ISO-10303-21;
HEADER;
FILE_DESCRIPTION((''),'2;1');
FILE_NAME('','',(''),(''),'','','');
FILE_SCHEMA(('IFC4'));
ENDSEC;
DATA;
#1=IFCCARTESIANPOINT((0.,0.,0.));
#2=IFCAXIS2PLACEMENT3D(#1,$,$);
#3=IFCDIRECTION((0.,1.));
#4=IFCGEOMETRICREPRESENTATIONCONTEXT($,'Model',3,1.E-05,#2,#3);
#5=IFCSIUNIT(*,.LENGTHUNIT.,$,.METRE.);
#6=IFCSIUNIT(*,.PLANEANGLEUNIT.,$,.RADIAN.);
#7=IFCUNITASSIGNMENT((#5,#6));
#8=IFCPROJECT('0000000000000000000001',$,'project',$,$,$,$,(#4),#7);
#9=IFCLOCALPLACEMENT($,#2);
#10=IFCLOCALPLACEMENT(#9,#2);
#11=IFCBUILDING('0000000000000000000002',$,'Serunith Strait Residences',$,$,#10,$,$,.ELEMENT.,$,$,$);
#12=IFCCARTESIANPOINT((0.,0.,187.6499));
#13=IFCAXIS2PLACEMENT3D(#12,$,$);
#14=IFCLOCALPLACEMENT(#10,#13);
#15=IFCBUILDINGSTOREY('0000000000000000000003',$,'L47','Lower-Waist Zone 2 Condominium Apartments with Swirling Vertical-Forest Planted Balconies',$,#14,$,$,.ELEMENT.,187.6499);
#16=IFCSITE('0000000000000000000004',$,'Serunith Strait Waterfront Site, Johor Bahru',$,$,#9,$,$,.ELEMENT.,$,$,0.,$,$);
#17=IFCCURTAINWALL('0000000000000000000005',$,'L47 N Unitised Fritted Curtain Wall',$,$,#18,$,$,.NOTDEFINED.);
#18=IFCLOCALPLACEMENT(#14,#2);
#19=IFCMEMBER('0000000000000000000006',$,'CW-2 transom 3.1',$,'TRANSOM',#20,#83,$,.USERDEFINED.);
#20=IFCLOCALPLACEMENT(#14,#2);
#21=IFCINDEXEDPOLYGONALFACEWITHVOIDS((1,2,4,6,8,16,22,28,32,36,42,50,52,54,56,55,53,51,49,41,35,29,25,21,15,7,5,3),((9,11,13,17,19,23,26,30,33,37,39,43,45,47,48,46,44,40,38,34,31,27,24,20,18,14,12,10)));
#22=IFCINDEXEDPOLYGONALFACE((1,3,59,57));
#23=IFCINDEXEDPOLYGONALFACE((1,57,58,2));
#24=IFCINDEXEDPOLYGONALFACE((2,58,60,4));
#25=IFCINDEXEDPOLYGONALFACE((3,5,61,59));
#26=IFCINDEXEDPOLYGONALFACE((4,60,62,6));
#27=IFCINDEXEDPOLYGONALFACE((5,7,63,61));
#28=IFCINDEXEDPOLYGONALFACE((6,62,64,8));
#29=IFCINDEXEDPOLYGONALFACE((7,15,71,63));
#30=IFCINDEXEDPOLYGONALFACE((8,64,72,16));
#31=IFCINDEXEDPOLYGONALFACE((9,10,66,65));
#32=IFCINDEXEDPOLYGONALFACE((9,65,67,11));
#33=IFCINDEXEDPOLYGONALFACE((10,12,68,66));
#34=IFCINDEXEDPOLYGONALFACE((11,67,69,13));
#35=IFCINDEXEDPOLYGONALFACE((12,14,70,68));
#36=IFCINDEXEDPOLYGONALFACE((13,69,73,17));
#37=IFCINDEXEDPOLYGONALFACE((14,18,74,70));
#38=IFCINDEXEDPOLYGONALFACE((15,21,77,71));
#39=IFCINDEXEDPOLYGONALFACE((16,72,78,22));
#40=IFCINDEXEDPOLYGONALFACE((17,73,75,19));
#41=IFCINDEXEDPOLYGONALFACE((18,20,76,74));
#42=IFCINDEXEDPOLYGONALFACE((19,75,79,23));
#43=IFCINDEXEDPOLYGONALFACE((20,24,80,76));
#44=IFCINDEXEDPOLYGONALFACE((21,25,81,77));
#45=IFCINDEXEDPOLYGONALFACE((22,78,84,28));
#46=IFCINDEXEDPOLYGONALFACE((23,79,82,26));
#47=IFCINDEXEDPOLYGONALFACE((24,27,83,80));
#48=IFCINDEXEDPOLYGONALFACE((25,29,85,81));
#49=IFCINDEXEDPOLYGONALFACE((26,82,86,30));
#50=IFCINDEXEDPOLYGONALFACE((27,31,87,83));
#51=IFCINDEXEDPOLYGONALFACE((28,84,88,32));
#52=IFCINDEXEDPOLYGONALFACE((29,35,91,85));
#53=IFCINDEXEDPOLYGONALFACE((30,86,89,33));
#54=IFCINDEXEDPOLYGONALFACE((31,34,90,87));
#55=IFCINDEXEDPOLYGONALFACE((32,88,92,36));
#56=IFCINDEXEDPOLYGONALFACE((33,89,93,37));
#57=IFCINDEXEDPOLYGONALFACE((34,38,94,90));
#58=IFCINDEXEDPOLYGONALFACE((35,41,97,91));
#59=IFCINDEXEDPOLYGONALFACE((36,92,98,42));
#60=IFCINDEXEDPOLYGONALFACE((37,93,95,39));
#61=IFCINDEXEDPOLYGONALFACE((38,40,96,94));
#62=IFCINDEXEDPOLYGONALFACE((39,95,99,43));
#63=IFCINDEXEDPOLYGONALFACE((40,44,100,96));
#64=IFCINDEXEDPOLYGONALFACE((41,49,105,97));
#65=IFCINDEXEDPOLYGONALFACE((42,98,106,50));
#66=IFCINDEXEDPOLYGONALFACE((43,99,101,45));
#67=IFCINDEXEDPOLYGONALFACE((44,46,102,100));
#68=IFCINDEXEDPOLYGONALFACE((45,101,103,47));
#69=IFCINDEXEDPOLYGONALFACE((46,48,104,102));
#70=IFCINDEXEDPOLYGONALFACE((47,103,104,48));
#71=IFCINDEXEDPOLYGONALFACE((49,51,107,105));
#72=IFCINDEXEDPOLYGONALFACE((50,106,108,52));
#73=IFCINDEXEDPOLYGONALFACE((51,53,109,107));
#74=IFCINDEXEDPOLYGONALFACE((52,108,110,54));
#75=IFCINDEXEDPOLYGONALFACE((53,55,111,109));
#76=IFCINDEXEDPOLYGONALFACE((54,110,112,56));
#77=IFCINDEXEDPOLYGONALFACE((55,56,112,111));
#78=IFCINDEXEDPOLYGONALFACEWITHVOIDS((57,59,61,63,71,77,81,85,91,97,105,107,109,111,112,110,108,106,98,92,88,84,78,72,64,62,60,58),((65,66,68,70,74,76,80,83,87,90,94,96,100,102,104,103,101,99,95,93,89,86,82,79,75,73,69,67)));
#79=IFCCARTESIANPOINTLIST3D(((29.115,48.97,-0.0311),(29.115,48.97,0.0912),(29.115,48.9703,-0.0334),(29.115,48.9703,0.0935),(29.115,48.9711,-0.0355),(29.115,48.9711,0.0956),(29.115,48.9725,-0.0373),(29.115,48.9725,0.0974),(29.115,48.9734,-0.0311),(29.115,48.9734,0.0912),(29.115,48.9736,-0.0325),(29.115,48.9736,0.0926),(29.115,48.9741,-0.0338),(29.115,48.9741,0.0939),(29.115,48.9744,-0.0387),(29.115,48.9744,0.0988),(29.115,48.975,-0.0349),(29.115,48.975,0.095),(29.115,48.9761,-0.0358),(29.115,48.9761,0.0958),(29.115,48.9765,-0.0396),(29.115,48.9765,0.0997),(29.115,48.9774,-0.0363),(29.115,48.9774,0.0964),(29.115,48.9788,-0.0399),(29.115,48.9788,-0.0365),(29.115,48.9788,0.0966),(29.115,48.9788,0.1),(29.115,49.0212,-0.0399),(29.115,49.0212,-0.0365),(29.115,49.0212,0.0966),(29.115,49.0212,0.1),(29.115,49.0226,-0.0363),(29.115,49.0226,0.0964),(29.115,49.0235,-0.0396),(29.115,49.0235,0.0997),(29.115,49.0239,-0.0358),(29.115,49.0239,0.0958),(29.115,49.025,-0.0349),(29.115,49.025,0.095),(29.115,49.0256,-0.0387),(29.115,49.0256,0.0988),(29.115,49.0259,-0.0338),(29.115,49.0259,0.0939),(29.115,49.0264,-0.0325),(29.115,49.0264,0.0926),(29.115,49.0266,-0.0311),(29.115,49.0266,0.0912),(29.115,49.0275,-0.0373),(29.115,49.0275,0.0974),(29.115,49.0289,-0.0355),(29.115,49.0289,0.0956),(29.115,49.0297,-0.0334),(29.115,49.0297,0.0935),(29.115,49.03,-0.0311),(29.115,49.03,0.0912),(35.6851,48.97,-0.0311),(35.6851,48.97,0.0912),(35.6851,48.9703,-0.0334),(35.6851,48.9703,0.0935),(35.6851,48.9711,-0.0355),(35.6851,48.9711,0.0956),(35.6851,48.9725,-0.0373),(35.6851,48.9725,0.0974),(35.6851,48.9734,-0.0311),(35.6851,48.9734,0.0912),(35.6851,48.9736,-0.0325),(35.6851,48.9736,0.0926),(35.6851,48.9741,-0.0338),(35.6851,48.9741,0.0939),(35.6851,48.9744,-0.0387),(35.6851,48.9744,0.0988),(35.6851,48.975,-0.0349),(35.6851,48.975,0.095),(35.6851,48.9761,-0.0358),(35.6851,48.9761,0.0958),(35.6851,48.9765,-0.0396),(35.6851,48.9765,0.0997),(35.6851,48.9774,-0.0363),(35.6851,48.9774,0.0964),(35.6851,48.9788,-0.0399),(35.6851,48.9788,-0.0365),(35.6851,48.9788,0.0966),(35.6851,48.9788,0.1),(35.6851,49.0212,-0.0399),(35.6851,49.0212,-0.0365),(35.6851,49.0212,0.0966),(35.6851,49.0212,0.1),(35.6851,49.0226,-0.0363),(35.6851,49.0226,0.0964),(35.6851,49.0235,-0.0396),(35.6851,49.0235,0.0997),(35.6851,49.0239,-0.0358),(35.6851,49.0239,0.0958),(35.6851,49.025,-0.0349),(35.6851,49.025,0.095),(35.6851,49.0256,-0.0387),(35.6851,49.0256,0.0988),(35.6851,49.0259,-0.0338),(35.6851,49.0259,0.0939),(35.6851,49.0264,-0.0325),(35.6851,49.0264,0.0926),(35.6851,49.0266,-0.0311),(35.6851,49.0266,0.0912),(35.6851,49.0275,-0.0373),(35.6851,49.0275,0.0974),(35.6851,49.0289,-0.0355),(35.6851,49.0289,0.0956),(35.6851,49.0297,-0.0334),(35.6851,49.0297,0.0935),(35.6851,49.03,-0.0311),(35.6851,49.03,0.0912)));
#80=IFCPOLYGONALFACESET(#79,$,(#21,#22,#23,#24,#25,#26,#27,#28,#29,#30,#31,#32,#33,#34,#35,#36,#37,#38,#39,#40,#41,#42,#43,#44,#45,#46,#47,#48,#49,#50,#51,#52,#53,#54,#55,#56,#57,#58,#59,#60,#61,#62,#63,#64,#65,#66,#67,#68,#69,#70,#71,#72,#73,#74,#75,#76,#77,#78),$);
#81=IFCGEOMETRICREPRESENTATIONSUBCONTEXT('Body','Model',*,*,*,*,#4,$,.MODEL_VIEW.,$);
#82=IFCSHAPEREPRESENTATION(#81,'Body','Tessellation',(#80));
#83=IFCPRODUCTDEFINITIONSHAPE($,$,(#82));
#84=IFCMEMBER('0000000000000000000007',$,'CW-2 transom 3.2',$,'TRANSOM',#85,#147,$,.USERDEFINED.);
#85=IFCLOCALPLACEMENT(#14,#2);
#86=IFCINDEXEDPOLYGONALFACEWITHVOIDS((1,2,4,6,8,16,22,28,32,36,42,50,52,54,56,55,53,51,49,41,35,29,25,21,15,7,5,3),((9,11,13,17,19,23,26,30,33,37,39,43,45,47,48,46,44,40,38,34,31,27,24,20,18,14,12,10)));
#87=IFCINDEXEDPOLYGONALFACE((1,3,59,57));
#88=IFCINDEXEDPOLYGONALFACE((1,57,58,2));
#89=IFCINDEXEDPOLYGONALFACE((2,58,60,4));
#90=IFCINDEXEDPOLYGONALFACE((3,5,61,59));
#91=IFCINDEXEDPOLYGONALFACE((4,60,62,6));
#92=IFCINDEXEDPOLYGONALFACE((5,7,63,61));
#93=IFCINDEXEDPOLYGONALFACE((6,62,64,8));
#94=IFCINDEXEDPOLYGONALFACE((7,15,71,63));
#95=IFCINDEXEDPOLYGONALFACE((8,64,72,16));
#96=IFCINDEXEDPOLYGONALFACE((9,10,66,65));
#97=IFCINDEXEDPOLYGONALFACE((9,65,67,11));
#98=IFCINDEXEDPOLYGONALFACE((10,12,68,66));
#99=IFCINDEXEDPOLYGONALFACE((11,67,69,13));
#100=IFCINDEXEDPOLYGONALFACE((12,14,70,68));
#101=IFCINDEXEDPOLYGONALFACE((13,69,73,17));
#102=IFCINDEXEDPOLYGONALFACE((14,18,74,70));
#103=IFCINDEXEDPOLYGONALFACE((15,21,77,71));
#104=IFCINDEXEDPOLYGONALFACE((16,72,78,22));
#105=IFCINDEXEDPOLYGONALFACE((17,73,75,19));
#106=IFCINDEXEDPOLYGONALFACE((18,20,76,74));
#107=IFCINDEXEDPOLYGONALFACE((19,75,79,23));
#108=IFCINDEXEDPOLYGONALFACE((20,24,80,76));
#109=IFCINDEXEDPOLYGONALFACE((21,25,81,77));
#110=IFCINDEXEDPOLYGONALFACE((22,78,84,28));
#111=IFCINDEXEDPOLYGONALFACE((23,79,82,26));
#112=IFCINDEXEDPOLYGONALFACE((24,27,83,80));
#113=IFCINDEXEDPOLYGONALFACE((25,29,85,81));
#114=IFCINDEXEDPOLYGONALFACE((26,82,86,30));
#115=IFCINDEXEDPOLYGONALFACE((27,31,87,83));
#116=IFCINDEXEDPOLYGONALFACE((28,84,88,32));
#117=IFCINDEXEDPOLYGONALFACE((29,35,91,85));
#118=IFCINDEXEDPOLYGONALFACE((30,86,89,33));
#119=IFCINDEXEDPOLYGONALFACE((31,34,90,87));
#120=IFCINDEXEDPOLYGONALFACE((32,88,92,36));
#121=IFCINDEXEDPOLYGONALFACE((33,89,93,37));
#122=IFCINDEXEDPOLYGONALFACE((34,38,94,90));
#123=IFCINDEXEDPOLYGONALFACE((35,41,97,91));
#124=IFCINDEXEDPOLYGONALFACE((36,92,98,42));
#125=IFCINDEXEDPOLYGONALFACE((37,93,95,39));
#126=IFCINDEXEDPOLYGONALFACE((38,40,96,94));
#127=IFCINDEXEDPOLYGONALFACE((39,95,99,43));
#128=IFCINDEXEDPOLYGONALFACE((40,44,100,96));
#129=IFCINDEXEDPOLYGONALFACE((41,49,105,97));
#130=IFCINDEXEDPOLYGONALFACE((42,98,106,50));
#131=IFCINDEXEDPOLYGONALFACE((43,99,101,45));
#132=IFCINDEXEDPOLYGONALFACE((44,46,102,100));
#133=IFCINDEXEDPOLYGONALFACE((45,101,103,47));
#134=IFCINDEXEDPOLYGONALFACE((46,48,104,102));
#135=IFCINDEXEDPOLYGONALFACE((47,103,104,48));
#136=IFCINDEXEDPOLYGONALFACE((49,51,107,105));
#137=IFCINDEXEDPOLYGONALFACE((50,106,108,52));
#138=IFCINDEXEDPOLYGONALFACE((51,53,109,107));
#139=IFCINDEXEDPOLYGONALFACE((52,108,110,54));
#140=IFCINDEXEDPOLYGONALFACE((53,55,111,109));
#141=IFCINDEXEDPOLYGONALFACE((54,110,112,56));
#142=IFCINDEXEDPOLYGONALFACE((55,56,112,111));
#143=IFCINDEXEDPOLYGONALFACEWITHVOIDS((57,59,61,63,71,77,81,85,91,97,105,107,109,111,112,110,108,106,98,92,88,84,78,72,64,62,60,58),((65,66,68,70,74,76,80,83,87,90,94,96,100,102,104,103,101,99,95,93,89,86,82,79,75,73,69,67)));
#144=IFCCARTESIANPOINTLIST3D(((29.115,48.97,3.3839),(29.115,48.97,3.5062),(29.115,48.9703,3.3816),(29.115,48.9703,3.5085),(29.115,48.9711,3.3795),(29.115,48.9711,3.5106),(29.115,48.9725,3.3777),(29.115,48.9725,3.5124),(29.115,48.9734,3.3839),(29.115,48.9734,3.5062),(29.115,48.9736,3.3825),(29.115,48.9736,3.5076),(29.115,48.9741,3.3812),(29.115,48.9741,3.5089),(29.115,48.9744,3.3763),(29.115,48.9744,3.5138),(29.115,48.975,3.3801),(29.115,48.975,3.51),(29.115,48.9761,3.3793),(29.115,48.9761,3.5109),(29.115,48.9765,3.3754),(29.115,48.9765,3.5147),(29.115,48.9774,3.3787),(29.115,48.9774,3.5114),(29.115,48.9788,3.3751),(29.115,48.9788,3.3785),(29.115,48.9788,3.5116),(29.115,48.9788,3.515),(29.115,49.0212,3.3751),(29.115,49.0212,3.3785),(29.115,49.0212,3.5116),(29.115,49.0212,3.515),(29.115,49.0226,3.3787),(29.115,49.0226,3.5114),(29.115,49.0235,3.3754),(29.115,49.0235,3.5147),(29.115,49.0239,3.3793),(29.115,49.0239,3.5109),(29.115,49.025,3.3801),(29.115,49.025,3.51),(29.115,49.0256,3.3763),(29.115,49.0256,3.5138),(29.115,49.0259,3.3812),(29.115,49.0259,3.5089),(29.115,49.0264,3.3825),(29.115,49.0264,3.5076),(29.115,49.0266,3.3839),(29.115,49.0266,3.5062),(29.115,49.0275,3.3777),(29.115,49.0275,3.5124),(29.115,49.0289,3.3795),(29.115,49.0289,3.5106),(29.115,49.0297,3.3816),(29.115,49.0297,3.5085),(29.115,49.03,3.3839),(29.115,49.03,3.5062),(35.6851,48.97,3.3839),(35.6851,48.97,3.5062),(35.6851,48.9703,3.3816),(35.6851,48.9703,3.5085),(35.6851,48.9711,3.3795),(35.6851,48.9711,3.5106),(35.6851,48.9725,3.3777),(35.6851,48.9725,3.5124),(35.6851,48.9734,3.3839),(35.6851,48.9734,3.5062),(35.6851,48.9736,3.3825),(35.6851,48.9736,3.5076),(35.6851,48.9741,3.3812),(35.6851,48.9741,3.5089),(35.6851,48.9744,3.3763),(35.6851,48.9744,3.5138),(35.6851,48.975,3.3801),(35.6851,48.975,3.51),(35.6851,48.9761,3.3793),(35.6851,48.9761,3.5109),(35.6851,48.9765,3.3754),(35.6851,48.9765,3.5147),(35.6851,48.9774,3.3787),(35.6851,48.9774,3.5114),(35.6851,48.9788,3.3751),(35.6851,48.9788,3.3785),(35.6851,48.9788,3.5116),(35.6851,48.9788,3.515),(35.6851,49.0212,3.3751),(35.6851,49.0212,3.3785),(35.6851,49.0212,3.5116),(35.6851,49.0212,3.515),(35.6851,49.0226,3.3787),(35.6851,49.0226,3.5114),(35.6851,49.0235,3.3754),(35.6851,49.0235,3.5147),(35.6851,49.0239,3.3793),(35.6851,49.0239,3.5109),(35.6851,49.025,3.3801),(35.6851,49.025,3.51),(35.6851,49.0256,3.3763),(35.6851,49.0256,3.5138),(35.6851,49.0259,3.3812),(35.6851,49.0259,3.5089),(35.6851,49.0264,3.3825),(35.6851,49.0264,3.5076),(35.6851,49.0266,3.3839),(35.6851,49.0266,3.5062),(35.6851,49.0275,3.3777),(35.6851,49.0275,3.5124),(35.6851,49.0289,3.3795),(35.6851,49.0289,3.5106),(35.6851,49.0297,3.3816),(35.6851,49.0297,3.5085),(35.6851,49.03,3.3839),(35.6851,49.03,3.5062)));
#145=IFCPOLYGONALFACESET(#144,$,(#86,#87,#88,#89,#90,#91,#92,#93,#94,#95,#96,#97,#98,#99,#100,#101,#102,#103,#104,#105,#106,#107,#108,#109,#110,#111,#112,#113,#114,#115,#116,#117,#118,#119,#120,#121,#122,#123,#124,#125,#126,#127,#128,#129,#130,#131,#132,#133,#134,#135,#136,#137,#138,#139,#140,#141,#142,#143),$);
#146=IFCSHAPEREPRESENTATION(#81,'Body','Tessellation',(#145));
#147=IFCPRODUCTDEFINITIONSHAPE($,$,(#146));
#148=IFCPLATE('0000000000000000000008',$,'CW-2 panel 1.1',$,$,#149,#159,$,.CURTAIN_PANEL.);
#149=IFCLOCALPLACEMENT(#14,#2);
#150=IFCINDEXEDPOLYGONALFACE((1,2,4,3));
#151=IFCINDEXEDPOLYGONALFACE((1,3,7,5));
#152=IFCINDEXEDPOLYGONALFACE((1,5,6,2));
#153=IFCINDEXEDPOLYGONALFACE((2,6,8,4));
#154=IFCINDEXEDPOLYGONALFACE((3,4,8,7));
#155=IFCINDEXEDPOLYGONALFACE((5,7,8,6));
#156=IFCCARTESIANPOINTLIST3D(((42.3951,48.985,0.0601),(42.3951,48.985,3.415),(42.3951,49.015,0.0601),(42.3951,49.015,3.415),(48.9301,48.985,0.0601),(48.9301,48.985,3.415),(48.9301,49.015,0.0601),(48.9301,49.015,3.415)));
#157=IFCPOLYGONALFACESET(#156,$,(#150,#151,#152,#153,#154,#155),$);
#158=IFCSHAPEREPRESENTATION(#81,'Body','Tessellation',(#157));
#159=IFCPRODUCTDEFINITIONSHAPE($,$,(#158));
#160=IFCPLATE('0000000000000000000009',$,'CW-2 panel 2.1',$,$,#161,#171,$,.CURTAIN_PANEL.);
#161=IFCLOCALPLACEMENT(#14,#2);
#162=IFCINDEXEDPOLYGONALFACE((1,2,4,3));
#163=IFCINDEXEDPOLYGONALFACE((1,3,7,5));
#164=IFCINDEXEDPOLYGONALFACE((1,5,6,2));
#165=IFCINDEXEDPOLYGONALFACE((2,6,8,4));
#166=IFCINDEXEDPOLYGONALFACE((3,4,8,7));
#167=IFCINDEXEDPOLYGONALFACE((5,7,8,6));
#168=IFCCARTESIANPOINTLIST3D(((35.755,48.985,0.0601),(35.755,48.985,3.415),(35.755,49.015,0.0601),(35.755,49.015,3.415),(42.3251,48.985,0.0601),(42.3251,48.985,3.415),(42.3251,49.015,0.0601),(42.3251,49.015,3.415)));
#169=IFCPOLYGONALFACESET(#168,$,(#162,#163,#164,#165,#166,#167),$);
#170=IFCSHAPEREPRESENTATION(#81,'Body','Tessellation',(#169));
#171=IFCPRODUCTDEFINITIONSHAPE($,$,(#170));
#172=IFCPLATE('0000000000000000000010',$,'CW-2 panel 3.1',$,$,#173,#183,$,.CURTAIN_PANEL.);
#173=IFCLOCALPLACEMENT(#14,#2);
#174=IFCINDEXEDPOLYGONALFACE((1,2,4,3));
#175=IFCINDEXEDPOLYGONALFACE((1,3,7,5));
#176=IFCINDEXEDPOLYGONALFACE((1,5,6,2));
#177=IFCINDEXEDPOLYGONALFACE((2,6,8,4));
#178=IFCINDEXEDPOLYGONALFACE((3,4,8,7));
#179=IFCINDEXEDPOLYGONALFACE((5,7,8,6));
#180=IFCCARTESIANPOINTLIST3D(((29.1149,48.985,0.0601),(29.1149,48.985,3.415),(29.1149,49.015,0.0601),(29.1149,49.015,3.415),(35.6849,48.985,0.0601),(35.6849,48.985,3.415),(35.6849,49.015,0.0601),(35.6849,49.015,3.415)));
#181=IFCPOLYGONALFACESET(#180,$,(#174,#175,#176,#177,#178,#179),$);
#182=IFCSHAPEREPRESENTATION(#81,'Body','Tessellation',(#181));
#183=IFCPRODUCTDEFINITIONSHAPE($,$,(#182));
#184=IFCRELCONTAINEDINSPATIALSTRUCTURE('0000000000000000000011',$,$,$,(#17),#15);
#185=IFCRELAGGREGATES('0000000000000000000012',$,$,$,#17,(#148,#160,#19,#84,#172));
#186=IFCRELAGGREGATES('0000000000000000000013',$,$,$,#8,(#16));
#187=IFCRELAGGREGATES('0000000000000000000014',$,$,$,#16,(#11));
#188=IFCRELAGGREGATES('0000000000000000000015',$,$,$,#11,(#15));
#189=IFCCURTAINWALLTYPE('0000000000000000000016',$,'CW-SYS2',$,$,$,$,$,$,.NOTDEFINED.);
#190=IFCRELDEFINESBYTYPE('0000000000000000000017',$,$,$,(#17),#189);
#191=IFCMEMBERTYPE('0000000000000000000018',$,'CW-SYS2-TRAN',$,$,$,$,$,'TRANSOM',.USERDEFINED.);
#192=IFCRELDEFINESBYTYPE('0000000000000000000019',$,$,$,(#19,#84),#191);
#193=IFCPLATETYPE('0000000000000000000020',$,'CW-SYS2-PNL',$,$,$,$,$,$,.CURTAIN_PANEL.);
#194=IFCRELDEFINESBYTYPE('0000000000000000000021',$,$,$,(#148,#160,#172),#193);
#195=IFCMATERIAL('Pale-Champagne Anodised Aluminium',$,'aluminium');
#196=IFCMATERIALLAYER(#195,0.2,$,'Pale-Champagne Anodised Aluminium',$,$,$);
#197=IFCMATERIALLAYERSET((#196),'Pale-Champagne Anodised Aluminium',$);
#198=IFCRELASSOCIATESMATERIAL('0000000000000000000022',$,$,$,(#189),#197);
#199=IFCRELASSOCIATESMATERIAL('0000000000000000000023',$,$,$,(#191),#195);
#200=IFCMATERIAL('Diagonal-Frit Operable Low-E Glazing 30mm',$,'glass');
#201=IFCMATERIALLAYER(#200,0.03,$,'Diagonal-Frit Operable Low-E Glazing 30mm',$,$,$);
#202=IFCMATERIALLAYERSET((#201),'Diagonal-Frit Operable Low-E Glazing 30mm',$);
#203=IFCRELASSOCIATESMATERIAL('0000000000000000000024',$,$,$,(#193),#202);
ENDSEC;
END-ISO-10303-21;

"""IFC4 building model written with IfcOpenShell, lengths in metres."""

from ifc_helpers import new_model, si_unit, direction, frame, origin, origin_2d, place, context, subcontext, project, spatial, rectangle, hollow_rectangle, extrude, source, transform, mapped, material, layer, layer_set, material_profile, profile_set, type_object, element, aggregate, save


model = new_model("IFC4")

# Units and contexts
model_context = context("Model", 3, precision=1e-05, world=origin(), true_north=direction((0.0, 1.0)))
body_context = subcontext(model_context, "Body", "Model", "MODEL_VIEW")
ifc_project = project(units=[si_unit("LENGTHUNIT", "METRE"), si_unit("PLANEANGLEUNIT", "RADIAN")], contexts=[model_context])

# Site, building, storey
site_placement = place(None, origin())
site = spatial("IfcSite", under=ifc_project, at=site_placement, Name="Serunith Strait Waterfront Site, Johor Bahru", CompositionType="ELEMENT", RefElevation=0.0)
building_placement = place(site_placement, origin())
building = spatial("IfcBuilding", under=site, at=building_placement, Name="Serunith Strait Residences", CompositionType="ELEMENT")
storey_placement = place(building_placement, frame((0.0, 0.0, 187.6499)))
storey = spatial("IfcBuildingStorey", under=building, at=storey_placement, Name="L47", Description="Lower-Waist Zone 2 Condominium Apartments with Swirling Vertical-Forest Planted Balconies", CompositionType="ELEMENT", Elevation=187.6499)

# Curtain wall, members, plates
ifc_material_1 = material(Name="Pale-Champagne Anodised Aluminium", Category="aluminium")
ifc_layer_1 = layer(ifc_material_1, 0.2, Name="Pale-Champagne Anodised Aluminium")
ifc_layer_set_1 = layer_set([ifc_layer_1], Name="Pale-Champagne Anodised Aluminium")
curtain_wall_type = type_object("IfcCurtainWallType", Name="CW-SYS2", PredefinedType="NOTDEFINED", material=ifc_layer_set_1)
curtain_wall_placement = place(storey_placement, origin())
curtain_wall = element("IfcCurtainWall", 1, at=curtain_wall_placement, inside=storey, type_object=curtain_wall_type, Name="L47 N Unitised Fritted Curtain Wall", PredefinedType="NOTDEFINED")
ifc_material_profile_1 = material_profile(ifc_material_1, hollow_rectangle(XDim=0.0601, YDim=0.1399, WallThickness=0.0034, InnerFilletRadius=0.0054, OuterFilletRadius=0.0088, at=origin_2d()), Name="ALU 140x60x3.5")
ifc_profile_set_1 = profile_set([ifc_material_profile_1], Name="Pale-Champagne Anodised Aluminium")
member_type_1 = type_object("IfcMemberType", Name="CW-SYS2-TRAN", ElementType="TRANSOM", PredefinedType="USERDEFINED", material=ifc_profile_set_1)
shared_shape_1 = source(origin(), body_context, "Body", "SweptSolid", [
    extrude(hollow_rectangle(XDim=0.0601, YDim=0.1399, WallThickness=0.0034, InnerFilletRadius=0.0054, OuterFilletRadius=0.0088, at=origin_2d()), origin(), (0.0, 0.0, 1.0), 6.5701),
])
member_1_placement = place(storey_placement, frame((35.6851, 49.0, 0.03), z_axis=(-1.0, 0.0, 0.0), x_axis=(0.0, -1.0, 0.0)))
member_1 = element("IfcMember", 2, at=member_1_placement, type_object=member_type_1, Name="CW-2 transom 3.1", ObjectType="TRANSOM", PredefinedType="USERDEFINED", context=body_context, shape_type="MappedRepresentation", body=[
    mapped(shared_shape_1, transform((0.0, 0.0, 0.0), scale=1.0)),
])
member_2_placement = place(storey_placement, frame((35.6851, 49.0, 3.4451), z_axis=(-1.0, 0.0, 0.0), x_axis=(0.0, -1.0, 0.0)))
member_2 = element("IfcMember", 3, at=member_2_placement, type_object=member_type_1, Name="CW-2 transom 3.2", ObjectType="TRANSOM", PredefinedType="USERDEFINED", context=body_context, shape_type="MappedRepresentation", body=[
    mapped(shared_shape_1, transform((0.0, 0.0, 0.0), scale=1.0)),
])
ifc_material_2 = material(Name="Diagonal-Frit Operable Low-E Glazing 30mm", Category="glass")
ifc_layer_2 = layer(ifc_material_2, 0.03, Name="Diagonal-Frit Operable Low-E Glazing 30mm")
ifc_layer_set_2 = layer_set([ifc_layer_2], Name="Diagonal-Frit Operable Low-E Glazing 30mm")
plate_type = type_object("IfcPlateType", Name="CW-SYS2-PNL", PredefinedType="CURTAIN_PANEL", material=ifc_layer_set_2)
shared_shape_2 = source(origin(), body_context, "Body", "SweptSolid", [
    extrude(rectangle(XDim=6.5349, YDim=0.03, at=origin_2d()), origin(), (0.0, 0.0, 1.0), 3.355),
])
plate_1_placement = place(storey_placement, frame((45.6626, 49.0, 0.0601), z_axis=(0.0, 0.0, 1.0), x_axis=(-1.0, 0.0, 0.0)))
plate_1 = element("IfcPlate", 4, at=plate_1_placement, type_object=plate_type, Name="CW-2 panel 1.1", PredefinedType="CURTAIN_PANEL", context=body_context, shape_type="MappedRepresentation", body=[
    mapped(shared_shape_2, transform((0.0, 0.0, 0.0), scale=1.0)),
])
shared_shape_3 = source(origin(), body_context, "Body", "SweptSolid", [
    extrude(rectangle(XDim=6.5701, YDim=0.03, at=origin_2d()), origin(), (0.0, 0.0, 1.0), 3.355),
])
plate_2_placement = place(storey_placement, frame((39.04, 49.0, 0.0601), z_axis=(0.0, 0.0, 1.0), x_axis=(-1.0, 0.0, 0.0)))
plate_2 = element("IfcPlate", 5, at=plate_2_placement, type_object=plate_type, Name="CW-2 panel 2.1", PredefinedType="CURTAIN_PANEL", context=body_context, shape_type="MappedRepresentation", body=[
    mapped(shared_shape_3, transform((0.0, 0.0, 0.0), scale=1.0)),
])
plate_3_placement = place(storey_placement, frame((32.3999, 49.0, 0.0601), z_axis=(0.0, 0.0, 1.0), x_axis=(-1.0, 0.0, 0.0)))
plate_3 = element("IfcPlate", 6, at=plate_3_placement, type_object=plate_type, Name="CW-2 panel 3.1", PredefinedType="CURTAIN_PANEL", context=body_context, shape_type="MappedRepresentation", body=[
    mapped(shared_shape_3, transform((0.0, 0.0, 0.0), scale=1.0)),
])
aggregate(curtain_wall, [plate_1, plate_2, member_1, member_2, plate_3])

save(model, "model.ifc")
